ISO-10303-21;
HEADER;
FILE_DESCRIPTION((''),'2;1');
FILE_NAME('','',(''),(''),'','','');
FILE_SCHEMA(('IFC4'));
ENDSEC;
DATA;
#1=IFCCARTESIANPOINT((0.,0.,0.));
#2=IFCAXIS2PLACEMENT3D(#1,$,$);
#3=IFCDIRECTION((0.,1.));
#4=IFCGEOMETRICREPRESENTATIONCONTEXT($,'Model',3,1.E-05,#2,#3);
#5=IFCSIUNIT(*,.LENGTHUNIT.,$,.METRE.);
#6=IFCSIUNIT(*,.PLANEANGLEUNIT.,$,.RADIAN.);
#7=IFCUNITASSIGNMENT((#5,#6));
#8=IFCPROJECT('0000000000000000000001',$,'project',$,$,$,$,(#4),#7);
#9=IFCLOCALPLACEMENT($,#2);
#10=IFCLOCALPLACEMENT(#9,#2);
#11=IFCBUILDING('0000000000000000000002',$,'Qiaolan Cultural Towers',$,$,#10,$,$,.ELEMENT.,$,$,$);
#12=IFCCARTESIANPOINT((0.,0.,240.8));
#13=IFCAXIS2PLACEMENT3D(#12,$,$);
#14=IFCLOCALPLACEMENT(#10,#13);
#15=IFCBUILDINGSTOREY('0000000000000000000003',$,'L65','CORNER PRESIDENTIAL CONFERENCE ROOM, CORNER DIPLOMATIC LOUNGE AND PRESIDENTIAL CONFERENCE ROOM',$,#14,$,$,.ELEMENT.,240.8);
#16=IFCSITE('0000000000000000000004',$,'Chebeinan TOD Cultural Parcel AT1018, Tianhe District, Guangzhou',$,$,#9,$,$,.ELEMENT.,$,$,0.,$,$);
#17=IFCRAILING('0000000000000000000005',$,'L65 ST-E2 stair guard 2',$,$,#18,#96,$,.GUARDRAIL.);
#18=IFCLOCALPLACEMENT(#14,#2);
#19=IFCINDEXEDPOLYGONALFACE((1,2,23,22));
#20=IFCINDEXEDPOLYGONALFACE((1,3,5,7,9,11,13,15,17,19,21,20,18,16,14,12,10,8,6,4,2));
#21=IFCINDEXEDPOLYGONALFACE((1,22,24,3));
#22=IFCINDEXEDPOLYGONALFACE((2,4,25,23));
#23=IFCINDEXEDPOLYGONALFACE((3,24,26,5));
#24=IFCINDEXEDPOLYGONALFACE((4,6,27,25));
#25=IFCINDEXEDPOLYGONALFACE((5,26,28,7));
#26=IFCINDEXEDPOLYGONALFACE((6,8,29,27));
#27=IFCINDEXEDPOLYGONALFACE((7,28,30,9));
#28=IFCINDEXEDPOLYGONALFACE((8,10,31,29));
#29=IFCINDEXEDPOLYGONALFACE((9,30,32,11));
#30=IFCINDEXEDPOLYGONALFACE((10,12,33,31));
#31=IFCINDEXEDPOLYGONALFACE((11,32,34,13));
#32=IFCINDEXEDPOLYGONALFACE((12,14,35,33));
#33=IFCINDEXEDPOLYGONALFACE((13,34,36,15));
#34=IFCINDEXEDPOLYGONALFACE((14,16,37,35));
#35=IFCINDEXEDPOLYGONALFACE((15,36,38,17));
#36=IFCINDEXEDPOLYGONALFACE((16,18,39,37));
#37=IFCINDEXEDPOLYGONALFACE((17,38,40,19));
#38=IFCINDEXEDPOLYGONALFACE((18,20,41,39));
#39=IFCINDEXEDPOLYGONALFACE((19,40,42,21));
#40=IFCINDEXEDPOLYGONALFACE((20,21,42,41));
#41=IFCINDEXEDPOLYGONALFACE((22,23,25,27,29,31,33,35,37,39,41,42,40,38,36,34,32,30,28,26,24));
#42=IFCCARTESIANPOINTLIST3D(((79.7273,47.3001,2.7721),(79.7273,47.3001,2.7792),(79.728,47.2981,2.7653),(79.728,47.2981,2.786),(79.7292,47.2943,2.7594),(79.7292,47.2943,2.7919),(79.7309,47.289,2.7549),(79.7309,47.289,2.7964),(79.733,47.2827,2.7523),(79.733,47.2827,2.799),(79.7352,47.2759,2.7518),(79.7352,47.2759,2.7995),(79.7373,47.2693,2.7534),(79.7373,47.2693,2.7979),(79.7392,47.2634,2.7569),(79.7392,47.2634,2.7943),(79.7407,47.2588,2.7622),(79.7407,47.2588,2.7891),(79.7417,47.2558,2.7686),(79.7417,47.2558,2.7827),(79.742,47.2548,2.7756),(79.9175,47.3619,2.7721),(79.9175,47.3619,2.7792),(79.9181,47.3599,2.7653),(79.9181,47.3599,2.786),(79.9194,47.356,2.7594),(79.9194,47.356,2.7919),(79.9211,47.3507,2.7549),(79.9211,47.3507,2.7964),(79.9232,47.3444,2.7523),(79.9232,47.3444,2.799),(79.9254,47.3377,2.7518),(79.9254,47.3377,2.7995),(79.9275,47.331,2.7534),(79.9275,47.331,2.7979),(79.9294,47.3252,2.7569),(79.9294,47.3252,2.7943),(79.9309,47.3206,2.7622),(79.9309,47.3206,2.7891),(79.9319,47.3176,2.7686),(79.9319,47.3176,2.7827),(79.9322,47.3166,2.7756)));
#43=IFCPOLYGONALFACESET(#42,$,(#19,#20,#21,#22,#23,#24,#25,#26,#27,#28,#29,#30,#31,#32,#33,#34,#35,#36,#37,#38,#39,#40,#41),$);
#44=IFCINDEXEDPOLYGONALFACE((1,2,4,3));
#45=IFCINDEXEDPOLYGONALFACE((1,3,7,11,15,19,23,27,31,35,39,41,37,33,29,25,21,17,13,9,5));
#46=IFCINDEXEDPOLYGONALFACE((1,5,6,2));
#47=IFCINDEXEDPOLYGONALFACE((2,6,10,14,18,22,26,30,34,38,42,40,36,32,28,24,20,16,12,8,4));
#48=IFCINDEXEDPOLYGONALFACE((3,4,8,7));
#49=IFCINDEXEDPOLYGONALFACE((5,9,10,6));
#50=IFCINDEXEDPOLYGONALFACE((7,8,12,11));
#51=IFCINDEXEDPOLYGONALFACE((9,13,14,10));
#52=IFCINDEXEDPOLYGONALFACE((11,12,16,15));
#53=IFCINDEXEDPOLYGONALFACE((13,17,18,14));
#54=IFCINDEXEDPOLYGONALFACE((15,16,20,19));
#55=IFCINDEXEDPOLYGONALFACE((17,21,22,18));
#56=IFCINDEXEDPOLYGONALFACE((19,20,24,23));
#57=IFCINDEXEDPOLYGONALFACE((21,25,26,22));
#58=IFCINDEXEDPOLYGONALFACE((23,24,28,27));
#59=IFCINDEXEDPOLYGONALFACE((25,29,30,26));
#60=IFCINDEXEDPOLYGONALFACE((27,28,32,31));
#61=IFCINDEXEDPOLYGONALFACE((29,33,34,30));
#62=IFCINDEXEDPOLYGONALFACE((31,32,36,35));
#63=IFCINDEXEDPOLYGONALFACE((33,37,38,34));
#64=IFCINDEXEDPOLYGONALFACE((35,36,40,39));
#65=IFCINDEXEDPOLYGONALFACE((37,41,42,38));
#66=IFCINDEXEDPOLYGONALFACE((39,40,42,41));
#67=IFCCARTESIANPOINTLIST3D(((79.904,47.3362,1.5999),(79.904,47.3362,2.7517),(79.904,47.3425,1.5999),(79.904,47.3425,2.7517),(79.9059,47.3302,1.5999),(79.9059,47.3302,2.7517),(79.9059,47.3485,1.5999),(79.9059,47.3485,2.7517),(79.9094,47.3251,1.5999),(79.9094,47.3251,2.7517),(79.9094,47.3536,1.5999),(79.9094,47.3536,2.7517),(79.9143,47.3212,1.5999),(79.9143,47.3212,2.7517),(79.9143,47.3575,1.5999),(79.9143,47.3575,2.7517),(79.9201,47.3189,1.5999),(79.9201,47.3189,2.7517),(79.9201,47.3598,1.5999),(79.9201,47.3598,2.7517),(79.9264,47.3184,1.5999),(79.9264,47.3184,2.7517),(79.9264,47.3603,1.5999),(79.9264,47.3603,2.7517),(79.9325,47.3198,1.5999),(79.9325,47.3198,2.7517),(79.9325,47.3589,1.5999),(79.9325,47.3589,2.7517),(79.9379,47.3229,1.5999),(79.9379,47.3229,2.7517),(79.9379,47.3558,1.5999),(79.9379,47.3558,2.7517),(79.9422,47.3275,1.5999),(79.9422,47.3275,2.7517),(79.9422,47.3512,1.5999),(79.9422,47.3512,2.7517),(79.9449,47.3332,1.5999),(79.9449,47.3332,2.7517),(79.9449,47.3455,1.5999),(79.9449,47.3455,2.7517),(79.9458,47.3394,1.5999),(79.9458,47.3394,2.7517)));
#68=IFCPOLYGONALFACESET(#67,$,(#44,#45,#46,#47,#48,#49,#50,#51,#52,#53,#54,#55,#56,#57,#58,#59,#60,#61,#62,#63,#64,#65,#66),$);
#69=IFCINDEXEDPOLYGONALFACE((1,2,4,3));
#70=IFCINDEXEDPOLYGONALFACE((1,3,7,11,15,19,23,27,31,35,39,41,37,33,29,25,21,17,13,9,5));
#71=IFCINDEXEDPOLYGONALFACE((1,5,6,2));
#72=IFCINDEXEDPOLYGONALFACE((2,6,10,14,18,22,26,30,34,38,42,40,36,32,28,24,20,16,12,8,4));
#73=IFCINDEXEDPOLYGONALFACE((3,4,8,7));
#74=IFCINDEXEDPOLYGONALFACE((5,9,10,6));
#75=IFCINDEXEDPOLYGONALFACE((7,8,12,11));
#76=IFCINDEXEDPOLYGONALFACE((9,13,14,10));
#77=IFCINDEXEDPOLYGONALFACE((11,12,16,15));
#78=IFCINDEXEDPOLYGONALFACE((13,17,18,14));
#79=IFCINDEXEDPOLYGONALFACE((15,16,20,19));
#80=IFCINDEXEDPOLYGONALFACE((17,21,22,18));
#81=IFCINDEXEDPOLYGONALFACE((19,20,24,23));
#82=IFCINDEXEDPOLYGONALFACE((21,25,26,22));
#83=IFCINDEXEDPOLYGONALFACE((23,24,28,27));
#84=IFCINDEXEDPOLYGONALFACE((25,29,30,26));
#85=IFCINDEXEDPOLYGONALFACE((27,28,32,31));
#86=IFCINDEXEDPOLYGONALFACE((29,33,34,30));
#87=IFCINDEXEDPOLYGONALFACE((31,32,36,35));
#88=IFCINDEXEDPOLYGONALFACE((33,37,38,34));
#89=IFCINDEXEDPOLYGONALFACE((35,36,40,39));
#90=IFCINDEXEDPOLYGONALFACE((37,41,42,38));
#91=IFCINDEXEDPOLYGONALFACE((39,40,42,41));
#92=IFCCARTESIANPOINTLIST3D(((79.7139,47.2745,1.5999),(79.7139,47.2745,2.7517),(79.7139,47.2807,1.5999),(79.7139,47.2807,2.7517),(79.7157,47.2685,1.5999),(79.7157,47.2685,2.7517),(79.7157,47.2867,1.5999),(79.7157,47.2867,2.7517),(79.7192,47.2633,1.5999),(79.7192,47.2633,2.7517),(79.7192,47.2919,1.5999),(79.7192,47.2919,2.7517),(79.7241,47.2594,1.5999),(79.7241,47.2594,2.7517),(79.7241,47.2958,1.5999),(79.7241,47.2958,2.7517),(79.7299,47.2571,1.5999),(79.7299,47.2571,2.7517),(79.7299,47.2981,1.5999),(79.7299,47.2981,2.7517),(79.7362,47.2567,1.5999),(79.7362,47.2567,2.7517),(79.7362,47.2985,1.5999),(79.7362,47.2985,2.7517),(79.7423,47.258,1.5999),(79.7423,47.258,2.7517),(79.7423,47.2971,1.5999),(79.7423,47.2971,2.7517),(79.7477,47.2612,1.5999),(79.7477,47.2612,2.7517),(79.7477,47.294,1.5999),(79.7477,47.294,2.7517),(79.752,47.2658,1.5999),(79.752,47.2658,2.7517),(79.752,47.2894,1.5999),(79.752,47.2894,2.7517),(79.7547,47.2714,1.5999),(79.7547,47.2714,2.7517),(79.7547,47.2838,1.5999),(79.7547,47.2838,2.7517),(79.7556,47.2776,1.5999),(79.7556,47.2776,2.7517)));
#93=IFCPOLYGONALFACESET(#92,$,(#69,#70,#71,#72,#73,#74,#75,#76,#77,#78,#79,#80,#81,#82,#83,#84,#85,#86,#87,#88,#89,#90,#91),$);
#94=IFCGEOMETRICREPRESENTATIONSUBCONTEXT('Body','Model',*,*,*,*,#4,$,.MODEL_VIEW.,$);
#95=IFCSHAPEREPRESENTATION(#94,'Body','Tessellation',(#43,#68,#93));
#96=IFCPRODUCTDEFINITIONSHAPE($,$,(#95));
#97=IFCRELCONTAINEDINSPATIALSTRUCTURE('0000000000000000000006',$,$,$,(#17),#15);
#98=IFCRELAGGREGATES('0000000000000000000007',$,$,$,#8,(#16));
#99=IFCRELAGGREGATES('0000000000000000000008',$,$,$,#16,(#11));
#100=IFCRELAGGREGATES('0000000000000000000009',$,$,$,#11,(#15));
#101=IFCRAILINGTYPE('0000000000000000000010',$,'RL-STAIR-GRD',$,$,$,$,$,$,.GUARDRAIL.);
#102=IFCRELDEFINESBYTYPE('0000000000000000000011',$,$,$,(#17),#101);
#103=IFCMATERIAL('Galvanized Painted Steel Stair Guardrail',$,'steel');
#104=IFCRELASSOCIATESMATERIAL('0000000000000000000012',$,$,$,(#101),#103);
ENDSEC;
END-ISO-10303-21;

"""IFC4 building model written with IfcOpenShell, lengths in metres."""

from ifc_helpers import new_model, si_unit, direction, frame, origin, origin_2d, place, context, subcontext, project, spatial, circle, extrude, material, type_object, element, save


model = new_model("IFC4")

# Units and contexts
model_context = context("Model", 3, precision=1e-05, world=origin(), true_north=direction((0.0, 1.0)))
body_context = subcontext(model_context, "Body", "Model", "MODEL_VIEW")
ifc_project = project(units=[si_unit("LENGTHUNIT", "METRE"), si_unit("PLANEANGLEUNIT", "RADIAN")], contexts=[model_context])

# Site, building, storey
site_placement = place(None, origin())
site = spatial("IfcSite", under=ifc_project, at=site_placement, Name="Chebeinan TOD Cultural Parcel AT1018, Tianhe District, Guangzhou", CompositionType="ELEMENT", RefElevation=0.0)
building_placement = place(site_placement, origin())
building = spatial("IfcBuilding", under=site, at=building_placement, Name="Qiaolan Cultural Towers", CompositionType="ELEMENT")
storey_placement = place(building_placement, frame((0.0, 0.0, 240.8)))
storey = spatial("IfcBuildingStorey", under=building, at=storey_placement, Name="L65", Description="CORNER PRESIDENTIAL CONFERENCE ROOM, CORNER DIPLOMATIC LOUNGE AND PRESIDENTIAL CONFERENCE ROOM", CompositionType="ELEMENT", Elevation=240.8)

# Railing
ifc_material_1 = material(Name="Galvanized Painted Steel Stair Guardrail", Category="steel")
railing_type = type_object("IfcRailingType", Name="RL-STAIR-GRD", PredefinedType="GUARDRAIL", material=ifc_material_1)
railing_1_placement = place(storey_placement, frame((79.9248, 47.3394, 1.5999)))
element("IfcRailing", 1, at=railing_1_placement, inside=storey, type_object=railing_type, Name="L65 ST-E2 stair guard 2", PredefinedType="GUARDRAIL", context=body_context, shape_type="SweptSolid", body=[
    extrude(circle(Radius=0.0239, at=origin_2d()), frame((0.0, 0.0, 1.1758), z_axis=(-0.951097, -0.308893, 0.0), x_axis=(0.308893, -0.951097, 0.0)), (0.0, 0.0, 1.0), 0.2),
    extrude(circle(Radius=0.021, at=origin_2d()), origin(), (0.0, 0.0, 1.0), 1.1519),
    extrude(circle(Radius=0.021, at=origin_2d()), frame((-0.1902, -0.0618, 0.0)), (0.0, 0.0, 1.0), 1.1519),
])

save(model, "model.ifc")
